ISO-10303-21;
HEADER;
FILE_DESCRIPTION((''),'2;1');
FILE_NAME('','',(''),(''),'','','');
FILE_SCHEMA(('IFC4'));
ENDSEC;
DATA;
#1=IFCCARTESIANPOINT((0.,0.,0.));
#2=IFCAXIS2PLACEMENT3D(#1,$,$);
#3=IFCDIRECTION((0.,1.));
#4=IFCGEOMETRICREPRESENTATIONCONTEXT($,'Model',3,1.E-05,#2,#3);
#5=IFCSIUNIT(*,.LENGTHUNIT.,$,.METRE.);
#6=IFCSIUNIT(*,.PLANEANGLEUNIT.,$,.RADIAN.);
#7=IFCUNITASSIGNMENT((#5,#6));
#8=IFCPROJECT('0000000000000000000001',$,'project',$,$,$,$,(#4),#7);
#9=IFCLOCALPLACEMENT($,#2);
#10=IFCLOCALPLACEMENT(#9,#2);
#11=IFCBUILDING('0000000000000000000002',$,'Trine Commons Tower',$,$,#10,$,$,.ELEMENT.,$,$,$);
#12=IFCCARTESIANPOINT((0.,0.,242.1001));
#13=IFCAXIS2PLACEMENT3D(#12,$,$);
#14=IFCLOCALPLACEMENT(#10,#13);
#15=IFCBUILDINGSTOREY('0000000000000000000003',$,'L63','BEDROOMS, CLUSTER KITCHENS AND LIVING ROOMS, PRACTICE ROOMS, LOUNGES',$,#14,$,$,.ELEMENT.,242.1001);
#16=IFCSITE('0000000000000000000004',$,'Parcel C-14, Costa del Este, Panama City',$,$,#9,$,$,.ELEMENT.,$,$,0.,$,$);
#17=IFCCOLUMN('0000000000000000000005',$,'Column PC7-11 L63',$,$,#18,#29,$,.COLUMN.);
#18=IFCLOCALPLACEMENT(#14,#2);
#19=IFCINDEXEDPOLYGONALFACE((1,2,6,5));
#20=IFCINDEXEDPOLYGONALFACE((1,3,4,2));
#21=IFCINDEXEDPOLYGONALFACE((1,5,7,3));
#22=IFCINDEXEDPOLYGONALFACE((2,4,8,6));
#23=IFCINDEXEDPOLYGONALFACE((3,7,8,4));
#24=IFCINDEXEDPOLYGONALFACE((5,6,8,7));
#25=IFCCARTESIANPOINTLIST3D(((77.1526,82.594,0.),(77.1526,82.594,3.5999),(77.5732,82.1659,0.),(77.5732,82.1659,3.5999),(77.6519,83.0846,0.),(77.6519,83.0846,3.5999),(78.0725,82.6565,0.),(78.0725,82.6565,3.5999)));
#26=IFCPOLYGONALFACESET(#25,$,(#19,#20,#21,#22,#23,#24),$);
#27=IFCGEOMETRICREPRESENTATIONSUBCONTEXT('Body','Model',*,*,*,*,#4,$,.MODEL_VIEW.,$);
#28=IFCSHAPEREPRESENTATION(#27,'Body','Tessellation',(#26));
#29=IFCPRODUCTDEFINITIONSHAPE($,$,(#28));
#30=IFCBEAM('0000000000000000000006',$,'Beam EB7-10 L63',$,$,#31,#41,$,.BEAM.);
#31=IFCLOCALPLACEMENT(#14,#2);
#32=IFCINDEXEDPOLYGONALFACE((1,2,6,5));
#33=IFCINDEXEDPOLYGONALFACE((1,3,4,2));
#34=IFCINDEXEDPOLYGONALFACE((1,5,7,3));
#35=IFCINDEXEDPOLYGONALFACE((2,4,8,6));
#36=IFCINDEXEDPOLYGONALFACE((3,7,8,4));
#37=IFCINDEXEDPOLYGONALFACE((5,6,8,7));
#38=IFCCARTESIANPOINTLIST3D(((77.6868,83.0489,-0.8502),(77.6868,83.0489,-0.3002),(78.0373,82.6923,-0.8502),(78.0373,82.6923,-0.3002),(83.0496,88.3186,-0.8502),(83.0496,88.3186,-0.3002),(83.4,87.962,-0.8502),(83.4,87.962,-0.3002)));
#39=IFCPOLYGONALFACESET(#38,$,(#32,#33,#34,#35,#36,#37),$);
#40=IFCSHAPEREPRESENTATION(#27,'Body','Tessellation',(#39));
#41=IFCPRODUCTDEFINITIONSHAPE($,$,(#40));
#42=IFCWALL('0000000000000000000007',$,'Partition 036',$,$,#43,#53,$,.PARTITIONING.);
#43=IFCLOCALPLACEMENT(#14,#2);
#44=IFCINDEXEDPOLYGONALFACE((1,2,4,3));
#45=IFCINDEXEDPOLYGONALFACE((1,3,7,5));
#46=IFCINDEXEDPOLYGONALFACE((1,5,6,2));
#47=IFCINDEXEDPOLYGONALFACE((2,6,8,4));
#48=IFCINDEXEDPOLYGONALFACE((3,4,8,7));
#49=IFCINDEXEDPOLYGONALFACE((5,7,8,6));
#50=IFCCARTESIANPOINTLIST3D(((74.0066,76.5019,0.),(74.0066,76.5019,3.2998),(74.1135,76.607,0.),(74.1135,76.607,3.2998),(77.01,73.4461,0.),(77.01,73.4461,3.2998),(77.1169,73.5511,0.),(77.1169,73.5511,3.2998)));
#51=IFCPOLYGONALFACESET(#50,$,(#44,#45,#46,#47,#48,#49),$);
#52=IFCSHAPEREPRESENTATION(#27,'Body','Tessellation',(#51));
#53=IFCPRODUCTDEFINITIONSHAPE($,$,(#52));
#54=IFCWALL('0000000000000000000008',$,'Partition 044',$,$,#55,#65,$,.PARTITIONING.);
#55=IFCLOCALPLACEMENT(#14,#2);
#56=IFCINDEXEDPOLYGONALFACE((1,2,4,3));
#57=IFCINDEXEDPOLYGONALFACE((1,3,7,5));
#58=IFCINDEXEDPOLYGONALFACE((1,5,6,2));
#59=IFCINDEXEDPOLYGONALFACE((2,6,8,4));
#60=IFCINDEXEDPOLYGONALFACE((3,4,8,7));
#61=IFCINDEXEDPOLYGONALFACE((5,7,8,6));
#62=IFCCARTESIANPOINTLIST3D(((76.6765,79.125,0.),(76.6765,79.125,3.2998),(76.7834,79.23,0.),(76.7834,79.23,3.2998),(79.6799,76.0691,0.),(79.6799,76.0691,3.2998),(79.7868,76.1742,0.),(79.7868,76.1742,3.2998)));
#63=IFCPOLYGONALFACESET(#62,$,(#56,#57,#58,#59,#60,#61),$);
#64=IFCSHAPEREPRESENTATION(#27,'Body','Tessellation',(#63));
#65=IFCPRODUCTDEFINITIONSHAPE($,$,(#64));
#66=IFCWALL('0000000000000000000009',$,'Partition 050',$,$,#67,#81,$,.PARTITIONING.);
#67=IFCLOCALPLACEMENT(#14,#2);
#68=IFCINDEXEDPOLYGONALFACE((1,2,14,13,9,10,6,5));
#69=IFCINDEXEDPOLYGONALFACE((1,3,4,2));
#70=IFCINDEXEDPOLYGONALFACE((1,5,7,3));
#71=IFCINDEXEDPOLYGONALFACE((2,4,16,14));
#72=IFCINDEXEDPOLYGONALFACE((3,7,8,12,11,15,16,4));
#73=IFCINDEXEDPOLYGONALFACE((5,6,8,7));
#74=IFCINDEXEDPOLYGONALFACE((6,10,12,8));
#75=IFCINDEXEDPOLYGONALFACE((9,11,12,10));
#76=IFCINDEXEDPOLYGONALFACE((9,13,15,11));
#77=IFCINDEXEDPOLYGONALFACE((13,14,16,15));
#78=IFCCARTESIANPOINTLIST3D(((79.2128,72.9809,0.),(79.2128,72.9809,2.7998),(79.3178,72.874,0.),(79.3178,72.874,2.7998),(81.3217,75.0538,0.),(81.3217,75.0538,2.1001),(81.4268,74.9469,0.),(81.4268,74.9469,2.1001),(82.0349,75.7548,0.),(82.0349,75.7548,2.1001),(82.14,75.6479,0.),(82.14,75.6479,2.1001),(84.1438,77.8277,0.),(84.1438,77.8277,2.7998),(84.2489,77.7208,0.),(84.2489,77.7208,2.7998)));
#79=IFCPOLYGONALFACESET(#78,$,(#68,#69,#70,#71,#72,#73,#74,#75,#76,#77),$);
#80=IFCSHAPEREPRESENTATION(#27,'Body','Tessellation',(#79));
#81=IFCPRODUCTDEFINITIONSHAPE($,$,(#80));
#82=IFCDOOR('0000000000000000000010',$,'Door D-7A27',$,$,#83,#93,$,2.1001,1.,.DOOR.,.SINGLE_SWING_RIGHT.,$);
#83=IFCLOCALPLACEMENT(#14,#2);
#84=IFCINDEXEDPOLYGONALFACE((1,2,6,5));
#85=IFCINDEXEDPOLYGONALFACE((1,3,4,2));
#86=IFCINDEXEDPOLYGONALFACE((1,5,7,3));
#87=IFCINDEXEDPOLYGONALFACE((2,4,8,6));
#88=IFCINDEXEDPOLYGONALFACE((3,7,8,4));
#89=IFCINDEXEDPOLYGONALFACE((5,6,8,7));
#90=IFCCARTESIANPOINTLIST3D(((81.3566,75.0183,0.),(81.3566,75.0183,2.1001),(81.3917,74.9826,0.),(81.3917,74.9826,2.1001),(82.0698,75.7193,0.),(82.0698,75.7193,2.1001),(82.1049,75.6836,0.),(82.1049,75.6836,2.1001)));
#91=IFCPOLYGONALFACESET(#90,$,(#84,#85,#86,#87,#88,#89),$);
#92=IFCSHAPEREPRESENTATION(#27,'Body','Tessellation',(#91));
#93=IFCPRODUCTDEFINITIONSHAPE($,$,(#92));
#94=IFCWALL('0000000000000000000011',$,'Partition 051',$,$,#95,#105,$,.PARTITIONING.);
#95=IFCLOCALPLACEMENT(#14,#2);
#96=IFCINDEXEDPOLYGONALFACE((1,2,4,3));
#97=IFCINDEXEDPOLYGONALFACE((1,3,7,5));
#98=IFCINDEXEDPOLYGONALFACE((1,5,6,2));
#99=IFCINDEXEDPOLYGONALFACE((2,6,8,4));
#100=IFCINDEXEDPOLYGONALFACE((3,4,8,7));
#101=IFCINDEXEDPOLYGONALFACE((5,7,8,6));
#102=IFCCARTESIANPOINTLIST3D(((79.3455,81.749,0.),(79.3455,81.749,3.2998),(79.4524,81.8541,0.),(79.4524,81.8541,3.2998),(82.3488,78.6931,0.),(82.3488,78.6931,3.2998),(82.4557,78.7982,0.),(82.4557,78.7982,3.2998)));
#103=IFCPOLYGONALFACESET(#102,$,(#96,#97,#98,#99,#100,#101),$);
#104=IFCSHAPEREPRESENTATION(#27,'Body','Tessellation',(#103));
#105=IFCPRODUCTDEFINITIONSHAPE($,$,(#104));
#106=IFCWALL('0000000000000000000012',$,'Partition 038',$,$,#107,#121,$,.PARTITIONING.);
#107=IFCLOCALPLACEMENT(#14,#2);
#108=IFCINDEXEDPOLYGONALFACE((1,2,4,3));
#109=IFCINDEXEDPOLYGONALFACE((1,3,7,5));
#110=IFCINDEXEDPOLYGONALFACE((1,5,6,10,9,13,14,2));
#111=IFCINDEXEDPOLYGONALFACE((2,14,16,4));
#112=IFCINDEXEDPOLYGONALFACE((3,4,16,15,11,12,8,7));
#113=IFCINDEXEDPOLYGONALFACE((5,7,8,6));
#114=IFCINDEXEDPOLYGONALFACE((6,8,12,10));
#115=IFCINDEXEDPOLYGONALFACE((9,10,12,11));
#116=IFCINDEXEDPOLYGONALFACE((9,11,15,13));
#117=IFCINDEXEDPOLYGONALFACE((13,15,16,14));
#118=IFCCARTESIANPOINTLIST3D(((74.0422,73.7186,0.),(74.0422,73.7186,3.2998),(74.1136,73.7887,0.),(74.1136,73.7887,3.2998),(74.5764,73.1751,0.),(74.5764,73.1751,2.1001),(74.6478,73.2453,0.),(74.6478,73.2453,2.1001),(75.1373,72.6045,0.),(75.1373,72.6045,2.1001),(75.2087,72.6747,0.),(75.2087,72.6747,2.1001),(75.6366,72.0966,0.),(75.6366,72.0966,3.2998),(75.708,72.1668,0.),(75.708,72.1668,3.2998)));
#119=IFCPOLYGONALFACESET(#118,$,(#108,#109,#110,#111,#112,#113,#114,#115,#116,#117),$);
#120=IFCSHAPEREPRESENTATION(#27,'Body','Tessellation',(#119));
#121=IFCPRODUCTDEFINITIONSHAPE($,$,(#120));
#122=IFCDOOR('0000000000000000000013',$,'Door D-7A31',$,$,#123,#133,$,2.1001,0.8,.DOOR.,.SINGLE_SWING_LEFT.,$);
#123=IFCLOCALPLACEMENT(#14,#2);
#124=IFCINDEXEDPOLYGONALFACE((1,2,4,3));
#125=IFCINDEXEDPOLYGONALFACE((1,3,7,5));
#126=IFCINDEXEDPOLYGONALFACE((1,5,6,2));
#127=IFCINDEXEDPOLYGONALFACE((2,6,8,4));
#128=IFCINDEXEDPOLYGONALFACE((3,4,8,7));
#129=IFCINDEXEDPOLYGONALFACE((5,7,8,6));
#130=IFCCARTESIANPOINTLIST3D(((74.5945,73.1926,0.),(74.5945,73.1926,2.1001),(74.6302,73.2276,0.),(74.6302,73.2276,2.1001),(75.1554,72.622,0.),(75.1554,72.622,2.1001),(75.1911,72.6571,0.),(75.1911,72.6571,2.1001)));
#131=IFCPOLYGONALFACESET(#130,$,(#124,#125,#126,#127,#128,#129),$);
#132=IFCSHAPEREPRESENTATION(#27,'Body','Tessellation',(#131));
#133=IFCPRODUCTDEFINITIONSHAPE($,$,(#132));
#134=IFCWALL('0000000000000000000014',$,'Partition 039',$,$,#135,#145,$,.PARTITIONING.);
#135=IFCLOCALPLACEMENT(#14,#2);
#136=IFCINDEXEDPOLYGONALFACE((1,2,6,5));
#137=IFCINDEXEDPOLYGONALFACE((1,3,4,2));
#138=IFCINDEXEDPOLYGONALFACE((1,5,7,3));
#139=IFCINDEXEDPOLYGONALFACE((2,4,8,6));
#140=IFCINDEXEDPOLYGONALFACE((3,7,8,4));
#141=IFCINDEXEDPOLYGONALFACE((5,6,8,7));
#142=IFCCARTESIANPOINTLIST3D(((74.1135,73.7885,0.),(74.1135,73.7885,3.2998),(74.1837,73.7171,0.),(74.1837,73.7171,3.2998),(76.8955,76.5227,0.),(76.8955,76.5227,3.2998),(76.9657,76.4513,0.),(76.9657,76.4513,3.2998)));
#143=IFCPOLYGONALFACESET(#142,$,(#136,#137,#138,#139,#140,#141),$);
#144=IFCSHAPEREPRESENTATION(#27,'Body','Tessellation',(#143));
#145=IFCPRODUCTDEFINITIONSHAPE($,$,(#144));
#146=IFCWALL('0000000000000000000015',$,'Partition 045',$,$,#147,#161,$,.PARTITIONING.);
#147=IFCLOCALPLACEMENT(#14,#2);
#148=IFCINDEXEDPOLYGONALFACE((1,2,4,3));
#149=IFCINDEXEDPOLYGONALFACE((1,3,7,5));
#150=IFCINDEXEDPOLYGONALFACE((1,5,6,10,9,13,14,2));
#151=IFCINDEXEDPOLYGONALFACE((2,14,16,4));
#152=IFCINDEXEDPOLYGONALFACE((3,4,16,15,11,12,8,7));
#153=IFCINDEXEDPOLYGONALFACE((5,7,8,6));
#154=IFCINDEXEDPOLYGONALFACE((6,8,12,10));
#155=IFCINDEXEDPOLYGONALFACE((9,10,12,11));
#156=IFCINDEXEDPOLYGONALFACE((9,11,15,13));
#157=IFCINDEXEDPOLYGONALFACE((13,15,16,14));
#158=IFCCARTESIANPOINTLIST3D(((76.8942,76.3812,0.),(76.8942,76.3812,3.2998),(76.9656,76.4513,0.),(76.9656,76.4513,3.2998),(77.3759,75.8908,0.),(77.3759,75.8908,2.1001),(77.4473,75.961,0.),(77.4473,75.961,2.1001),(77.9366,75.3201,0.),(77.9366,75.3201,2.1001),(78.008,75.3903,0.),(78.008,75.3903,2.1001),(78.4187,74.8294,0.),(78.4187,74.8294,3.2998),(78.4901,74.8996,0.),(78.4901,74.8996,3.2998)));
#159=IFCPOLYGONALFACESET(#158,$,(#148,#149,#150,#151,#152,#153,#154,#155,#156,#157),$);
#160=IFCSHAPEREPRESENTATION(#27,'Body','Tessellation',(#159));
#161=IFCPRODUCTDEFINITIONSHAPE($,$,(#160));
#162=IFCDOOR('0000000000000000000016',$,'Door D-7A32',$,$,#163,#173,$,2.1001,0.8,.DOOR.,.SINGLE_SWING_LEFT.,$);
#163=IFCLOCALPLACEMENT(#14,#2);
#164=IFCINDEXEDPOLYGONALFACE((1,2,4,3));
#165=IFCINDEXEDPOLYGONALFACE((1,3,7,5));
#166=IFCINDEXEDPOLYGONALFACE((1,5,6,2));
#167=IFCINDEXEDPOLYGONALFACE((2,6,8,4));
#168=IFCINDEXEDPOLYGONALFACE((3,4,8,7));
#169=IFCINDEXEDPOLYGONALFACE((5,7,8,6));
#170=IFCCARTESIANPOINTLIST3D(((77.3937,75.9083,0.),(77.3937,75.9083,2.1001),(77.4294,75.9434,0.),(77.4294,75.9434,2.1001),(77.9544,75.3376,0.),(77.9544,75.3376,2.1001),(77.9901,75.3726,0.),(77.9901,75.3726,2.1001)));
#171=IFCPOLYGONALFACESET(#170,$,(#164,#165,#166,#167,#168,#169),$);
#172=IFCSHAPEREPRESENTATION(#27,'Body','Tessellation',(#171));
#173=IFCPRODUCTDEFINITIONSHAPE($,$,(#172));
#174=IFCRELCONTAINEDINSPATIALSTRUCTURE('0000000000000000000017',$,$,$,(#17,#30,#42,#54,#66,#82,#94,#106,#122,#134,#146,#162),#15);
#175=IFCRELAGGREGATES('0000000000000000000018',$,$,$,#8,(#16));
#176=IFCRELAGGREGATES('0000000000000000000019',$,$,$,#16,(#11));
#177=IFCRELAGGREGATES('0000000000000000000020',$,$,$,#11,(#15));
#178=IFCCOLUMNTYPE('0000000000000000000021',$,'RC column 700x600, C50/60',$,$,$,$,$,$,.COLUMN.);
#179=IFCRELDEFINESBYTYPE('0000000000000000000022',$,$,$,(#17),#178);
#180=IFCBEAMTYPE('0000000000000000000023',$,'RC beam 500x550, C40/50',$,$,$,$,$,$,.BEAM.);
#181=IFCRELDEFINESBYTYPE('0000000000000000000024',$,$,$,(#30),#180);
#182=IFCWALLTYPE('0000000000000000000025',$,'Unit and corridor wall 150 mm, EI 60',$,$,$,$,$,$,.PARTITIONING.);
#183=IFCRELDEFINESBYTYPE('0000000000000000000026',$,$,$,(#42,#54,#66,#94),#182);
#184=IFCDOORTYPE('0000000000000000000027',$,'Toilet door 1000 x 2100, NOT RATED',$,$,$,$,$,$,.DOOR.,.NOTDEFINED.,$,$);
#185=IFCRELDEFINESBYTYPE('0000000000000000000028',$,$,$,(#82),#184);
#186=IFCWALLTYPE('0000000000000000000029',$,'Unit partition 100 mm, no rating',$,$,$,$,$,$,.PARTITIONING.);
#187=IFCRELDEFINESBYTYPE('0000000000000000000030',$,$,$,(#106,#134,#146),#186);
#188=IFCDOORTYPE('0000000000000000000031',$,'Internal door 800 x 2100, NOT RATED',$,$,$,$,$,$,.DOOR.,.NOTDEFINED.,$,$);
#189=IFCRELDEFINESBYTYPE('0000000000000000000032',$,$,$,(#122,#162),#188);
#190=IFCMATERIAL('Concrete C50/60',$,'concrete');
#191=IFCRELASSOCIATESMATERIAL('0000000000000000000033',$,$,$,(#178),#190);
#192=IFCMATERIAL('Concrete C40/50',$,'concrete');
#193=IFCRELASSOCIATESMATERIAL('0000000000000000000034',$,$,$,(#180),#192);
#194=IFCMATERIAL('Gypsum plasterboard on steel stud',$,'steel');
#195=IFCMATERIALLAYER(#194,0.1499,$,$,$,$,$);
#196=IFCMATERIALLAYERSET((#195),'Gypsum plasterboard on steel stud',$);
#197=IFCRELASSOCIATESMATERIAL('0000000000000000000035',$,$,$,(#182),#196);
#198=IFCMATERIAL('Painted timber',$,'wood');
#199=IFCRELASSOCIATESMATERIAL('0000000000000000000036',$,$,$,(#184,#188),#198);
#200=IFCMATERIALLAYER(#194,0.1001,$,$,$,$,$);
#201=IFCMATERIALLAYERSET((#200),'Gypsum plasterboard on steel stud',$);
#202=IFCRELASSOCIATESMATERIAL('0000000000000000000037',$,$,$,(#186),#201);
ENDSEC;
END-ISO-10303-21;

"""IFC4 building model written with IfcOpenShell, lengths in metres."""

from ifc_helpers import new_model, si_unit, direction, frame, frame_2d, origin, origin_2d, place, context, subcontext, project, spatial, rectangle, extrude, material, layer, layer_set, material_profile, profile_set, type_object, element, fill, save


model = new_model("IFC4")

# Units and contexts
model_context = context("Model", 3, precision=1e-05, world=origin(), true_north=direction((0.0, 1.0)))
body_context = subcontext(model_context, "Body", "Model", "MODEL_VIEW")
ifc_project = project(units=[si_unit("LENGTHUNIT", "METRE"), si_unit("PLANEANGLEUNIT", "RADIAN")], contexts=[model_context])

# Site, building, storey
site_placement = place(None, origin())
site = spatial("IfcSite", under=ifc_project, at=site_placement, Name="Parcel C-14, Costa del Este, Panama City", CompositionType="ELEMENT", RefElevation=0.0)
building_placement = place(site_placement, origin())
building = spatial("IfcBuilding", under=site, at=building_placement, Name="Trine Commons Tower", CompositionType="ELEMENT")
storey_placement = place(building_placement, frame((0.0, 0.0, 242.1001)))
storey = spatial("IfcBuildingStorey", under=building, at=storey_placement, Name="L63", Description="BEDROOMS, CLUSTER KITCHENS AND LIVING ROOMS, PRACTICE ROOMS, LOUNGES", CompositionType="ELEMENT", Elevation=242.1001)

# Column
ifc_material_1 = material(Name="Concrete C50/60", Category="concrete")
ifc_material_profile_1 = material_profile(ifc_material_1, rectangle(XDim=0.7, YDim=0.6001, at=origin_2d()), Name="RC 700x600")
ifc_profile_set_1 = profile_set([ifc_material_profile_1], Name="Concrete C50/60")
column_type = type_object("IfcColumnType", Name="RC column 700x600, C50/60", PredefinedType="COLUMN", material=ifc_profile_set_1)
column_placement = place(storey_placement, frame((77.6125, 82.6252, 0.0), z_axis=(0.0, 0.0, 1.0), x_axis=(0.71325, 0.700909, 0.0)))
element("IfcColumn", 1, at=column_placement, inside=storey, type_object=column_type, Name="Column PC7-11 L63", PredefinedType="COLUMN", context=body_context, shape_type="SweptSolid", body=[
    extrude(rectangle(XDim=0.7, YDim=0.6001, at=origin_2d()), origin(), (0.0, 0.0, 1.0), 3.5999),
])

# Beam
ifc_material_2 = material(Name="Concrete C40/50", Category="concrete")
ifc_material_profile_2 = material_profile(ifc_material_2, rectangle(XDim=0.5, YDim=0.55, at=origin_2d()), Name="RC 500x550")
ifc_profile_set_2 = profile_set([ifc_material_profile_2], Name="Concrete C40/50")
beam_type = type_object("IfcBeamType", Name="RC beam 500x550, C40/50", PredefinedType="BEAM", material=ifc_profile_set_2)
beam_placement = place(storey_placement, frame((77.8621, 82.8706, -0.5752), z_axis=(0.713266, 0.700894, 0.0), x_axis=(-0.700894, 0.713266, 0.0)))
element("IfcBeam", 2, at=beam_placement, inside=storey, type_object=beam_type, Name="Beam EB7-10 L63", PredefinedType="BEAM", context=body_context, shape_type="SweptSolid", body=[
    extrude(rectangle(XDim=0.5, YDim=0.55, at=origin_2d()), origin(), (0.0, 0.0, 1.0), 7.5186),
])

# Walls
ifc_material_3 = material(Name="Gypsum plasterboard on steel stud", Category="steel")
ifc_layer_1 = layer(ifc_material_3, 0.1499)
ifc_layer_set_1 = layer_set([ifc_layer_1], Name="Gypsum plasterboard on steel stud")
wall_type_1 = type_object("IfcWallType", Name="Unit and corridor wall 150 mm, EI 60", PredefinedType="PARTITIONING", material=ifc_layer_set_1)
for number, where, z_axis, x_axis, name in (
    (3, (74.0601, 76.5544, 0.0), (0.0, 0.0, 1.0), (0.700955, -0.713205, 0.0), "Partition 036"),
    (4, (76.73, 79.1775, 0.0), (0.0, 0.0, 1.0), (0.700955, -0.713205, 0.0), "Partition 044"),
):
    element("IfcWall", number, at=place(storey_placement, frame(where, z_axis=z_axis, x_axis=x_axis)), inside=storey, type_object=wall_type_1, Name=name, PredefinedType="PARTITIONING", context=body_context, shape_type="SweptSolid", body=[
        extrude(rectangle(XDim=4.2847, YDim=0.1499, at=frame_2d((2.1423, 0.0))), origin(), (0.0, 0.0, 1.0), 3.2998),
    ])

# Wall, opening, door
wall_1_placement = place(storey_placement, frame((79.2654, 72.9275, 0.0), z_axis=(0.0, 0.0, 1.0), x_axis=(0.713171, 0.70099, 0.0)))
wall_1 = element("IfcWall", 5, at=wall_1_placement, inside=storey, type_object=wall_type_1, Name="Partition 050", PredefinedType="PARTITIONING", context=body_context, shape_type="SweptSolid", body=[
    extrude(rectangle(XDim=6.9143, YDim=0.1499, at=frame_2d((3.457, 0.0))), origin(), (0.0, 0.0, 1.0), 2.7998),
])
opening_1_placement = place(wall_1_placement, frame((2.957, 0.0, 0.0)))
opening_1 = element("IfcOpeningElement", 6, at=opening_1_placement, cuts=wall_1, PredefinedType="OPENING", context=body_context, shape_type="SweptSolid", body=[
    extrude(rectangle(XDim=1.0, YDim=2.1001, at=frame_2d((0.5, 1.05))), frame((0.0, 0.085, 0.0), z_axis=(0.0, -1.0, 0.0), x_axis=(1.0, 0.0, 0.0)), (0.0, 0.0, 1.0), 0.1699),
])
ifc_material_4 = material(Name="Painted timber", Category="wood")
door_type_1 = type_object("IfcDoorType", Name="Toilet door 1000 x 2100, NOT RATED", OperationType="NOTDEFINED", PredefinedType="DOOR", material=ifc_material_4)
door_1_placement = place(opening_1_placement, frame((1.0, 0.0, 0.0), z_axis=(0.0, 0.0, 1.0), x_axis=(-1.0, 0.0, 0.0)))
door_1 = element("IfcDoor", 7, at=door_1_placement, inside=storey, type_object=door_type_1, Name="Door D-7A27", OperationType="SINGLE_SWING_RIGHT", OverallHeight=2.1001, OverallWidth=1.0, PredefinedType="DOOR", context=body_context, shape_type="SweptSolid", body=[
    extrude(rectangle(XDim=1.0, YDim=2.1001, at=frame_2d((0.5, 1.05))), frame((0.0, 0.0249, 0.0), z_axis=(0.0, -1.0, 0.0), x_axis=(1.0, 0.0, 0.0)), (0.0, 0.0, 1.0), 0.05),
])
fill(opening_1, door_1)

# Wall
wall_2_placement = place(storey_placement, frame((79.3989, 81.8015, 0.0), z_axis=(0.0, 0.0, 1.0), x_axis=(0.700955, -0.713205, 0.0)))
element("IfcWall", 8, at=wall_2_placement, inside=storey, type_object=wall_type_1, Name="Partition 051", PredefinedType="PARTITIONING", context=body_context, shape_type="SweptSolid", body=[
    extrude(rectangle(XDim=4.2847, YDim=0.1499, at=frame_2d((2.1423, 0.0))), origin(), (0.0, 0.0, 1.0), 3.2998),
])

# Wall, opening, door
ifc_layer_2 = layer(ifc_material_3, 0.1001)
ifc_layer_set_2 = layer_set([ifc_layer_2], Name="Gypsum plasterboard on steel stud")
wall_type_2 = type_object("IfcWallType", Name="Unit partition 100 mm, no rating", PredefinedType="PARTITIONING", material=ifc_layer_set_2)
wall_3_placement = place(storey_placement, frame((74.0779, 73.7537, 0.0), z_axis=(0.0, 0.0, 1.0), x_axis=(0.701016, -0.713145, 0.0)))
wall_3 = element("IfcWall", 9, at=wall_3_placement, inside=storey, type_object=wall_type_2, Name="Partition 038", PredefinedType="PARTITIONING", context=body_context, shape_type="SweptSolid", body=[
    extrude(rectangle(XDim=2.2744, YDim=0.1001, at=frame_2d((1.1372, 0.0))), origin(), (0.0, 0.0, 1.0), 3.2998),
])
opening_2_placement = place(wall_3_placement, frame((0.7622, 0.0, 0.0)))
opening_2 = element("IfcOpeningElement", 10, at=opening_2_placement, cuts=wall_3, PredefinedType="OPENING", context=body_context, shape_type="SweptSolid", body=[
    extrude(rectangle(XDim=0.8, YDim=2.1001, at=frame_2d((0.3999, 1.05))), frame((0.0, 0.0601, 0.0), z_axis=(0.0, -1.0, 0.0), x_axis=(1.0, 0.0, 0.0)), (0.0, 0.0, 1.0), 0.1201),
])
door_type_2 = type_object("IfcDoorType", Name="Internal door 800 x 2100, NOT RATED", OperationType="NOTDEFINED", PredefinedType="DOOR", material=ifc_material_4)
door_2_placement = place(opening_2_placement, frame((0.8, 0.0, 0.0), z_axis=(0.0, 0.0, 1.0), x_axis=(-1.0, 0.0, 0.0)))
door_2 = element("IfcDoor", 11, at=door_2_placement, inside=storey, type_object=door_type_2, Name="Door D-7A31", OperationType="SINGLE_SWING_LEFT", OverallHeight=2.1001, OverallWidth=0.8, PredefinedType="DOOR", context=body_context, shape_type="SweptSolid", body=[
    extrude(rectangle(XDim=0.8, YDim=2.1001, at=frame_2d((0.3999, 1.05))), frame((0.0, 0.0249, 0.0), z_axis=(0.0, -1.0, 0.0), x_axis=(1.0, 0.0, 0.0)), (0.0, 0.0, 1.0), 0.05),
])
fill(opening_2, door_2)

# Wall
wall_4_placement = place(storey_placement, frame((74.1487, 73.7529, 0.0), z_axis=(0.0, 0.0, 1.0), x_axis=(0.713214, 0.700946, 0.0)))
element("IfcWall", 12, at=wall_4_placement, inside=storey, type_object=wall_type_2, Name="Partition 039", PredefinedType="PARTITIONING", context=body_context, shape_type="SweptSolid", body=[
    extrude(rectangle(XDim=3.9006, YDim=0.1001, at=frame_2d((1.9502, 0.0))), origin(), (0.0, 0.0, 1.0), 3.2998),
])

# Wall, opening, door
wall_5_placement = place(storey_placement, frame((76.9299, 76.4163, 0.0), z_axis=(0.0, 0.0, 1.0), x_axis=(0.700794, -0.713364, 0.0)))
wall_5 = element("IfcWall", 13, at=wall_5_placement, inside=storey, type_object=wall_type_2, Name="Partition 045", PredefinedType="PARTITIONING", context=body_context, shape_type="SweptSolid", body=[
    extrude(rectangle(XDim=2.1753, YDim=0.1001, at=frame_2d((1.0876, 0.0))), origin(), (0.0, 0.0, 1.0), 3.2998),
])
opening_3_placement = place(wall_5_placement, frame((0.6875, 0.0, 0.0)))
opening_3 = element("IfcOpeningElement", 14, at=opening_3_placement, cuts=wall_5, PredefinedType="OPENING", context=body_context, shape_type="SweptSolid", body=[
    extrude(rectangle(XDim=0.8, YDim=2.1001, at=frame_2d((0.3999, 1.05))), frame((0.0, 0.0601, 0.0), z_axis=(0.0, -1.0, 0.0), x_axis=(1.0, 0.0, 0.0)), (0.0, 0.0, 1.0), 0.1201),
])
door_3_placement = place(opening_3_placement, origin())
door_3 = element("IfcDoor", 15, at=door_3_placement, inside=storey, type_object=door_type_2, Name="Door D-7A32", OperationType="SINGLE_SWING_LEFT", OverallHeight=2.1001, OverallWidth=0.8, PredefinedType="DOOR", context=body_context, shape_type="SweptSolid", body=[
    extrude(rectangle(XDim=0.8, YDim=2.1001, at=frame_2d((0.3999, 1.05))), frame((0.0, 0.0249, 0.0), z_axis=(0.0, -1.0, 0.0), x_axis=(1.0, 0.0, 0.0)), (0.0, 0.0, 1.0), 0.05),
])
fill(opening_3, door_3)

save(model, "model.ifc")
